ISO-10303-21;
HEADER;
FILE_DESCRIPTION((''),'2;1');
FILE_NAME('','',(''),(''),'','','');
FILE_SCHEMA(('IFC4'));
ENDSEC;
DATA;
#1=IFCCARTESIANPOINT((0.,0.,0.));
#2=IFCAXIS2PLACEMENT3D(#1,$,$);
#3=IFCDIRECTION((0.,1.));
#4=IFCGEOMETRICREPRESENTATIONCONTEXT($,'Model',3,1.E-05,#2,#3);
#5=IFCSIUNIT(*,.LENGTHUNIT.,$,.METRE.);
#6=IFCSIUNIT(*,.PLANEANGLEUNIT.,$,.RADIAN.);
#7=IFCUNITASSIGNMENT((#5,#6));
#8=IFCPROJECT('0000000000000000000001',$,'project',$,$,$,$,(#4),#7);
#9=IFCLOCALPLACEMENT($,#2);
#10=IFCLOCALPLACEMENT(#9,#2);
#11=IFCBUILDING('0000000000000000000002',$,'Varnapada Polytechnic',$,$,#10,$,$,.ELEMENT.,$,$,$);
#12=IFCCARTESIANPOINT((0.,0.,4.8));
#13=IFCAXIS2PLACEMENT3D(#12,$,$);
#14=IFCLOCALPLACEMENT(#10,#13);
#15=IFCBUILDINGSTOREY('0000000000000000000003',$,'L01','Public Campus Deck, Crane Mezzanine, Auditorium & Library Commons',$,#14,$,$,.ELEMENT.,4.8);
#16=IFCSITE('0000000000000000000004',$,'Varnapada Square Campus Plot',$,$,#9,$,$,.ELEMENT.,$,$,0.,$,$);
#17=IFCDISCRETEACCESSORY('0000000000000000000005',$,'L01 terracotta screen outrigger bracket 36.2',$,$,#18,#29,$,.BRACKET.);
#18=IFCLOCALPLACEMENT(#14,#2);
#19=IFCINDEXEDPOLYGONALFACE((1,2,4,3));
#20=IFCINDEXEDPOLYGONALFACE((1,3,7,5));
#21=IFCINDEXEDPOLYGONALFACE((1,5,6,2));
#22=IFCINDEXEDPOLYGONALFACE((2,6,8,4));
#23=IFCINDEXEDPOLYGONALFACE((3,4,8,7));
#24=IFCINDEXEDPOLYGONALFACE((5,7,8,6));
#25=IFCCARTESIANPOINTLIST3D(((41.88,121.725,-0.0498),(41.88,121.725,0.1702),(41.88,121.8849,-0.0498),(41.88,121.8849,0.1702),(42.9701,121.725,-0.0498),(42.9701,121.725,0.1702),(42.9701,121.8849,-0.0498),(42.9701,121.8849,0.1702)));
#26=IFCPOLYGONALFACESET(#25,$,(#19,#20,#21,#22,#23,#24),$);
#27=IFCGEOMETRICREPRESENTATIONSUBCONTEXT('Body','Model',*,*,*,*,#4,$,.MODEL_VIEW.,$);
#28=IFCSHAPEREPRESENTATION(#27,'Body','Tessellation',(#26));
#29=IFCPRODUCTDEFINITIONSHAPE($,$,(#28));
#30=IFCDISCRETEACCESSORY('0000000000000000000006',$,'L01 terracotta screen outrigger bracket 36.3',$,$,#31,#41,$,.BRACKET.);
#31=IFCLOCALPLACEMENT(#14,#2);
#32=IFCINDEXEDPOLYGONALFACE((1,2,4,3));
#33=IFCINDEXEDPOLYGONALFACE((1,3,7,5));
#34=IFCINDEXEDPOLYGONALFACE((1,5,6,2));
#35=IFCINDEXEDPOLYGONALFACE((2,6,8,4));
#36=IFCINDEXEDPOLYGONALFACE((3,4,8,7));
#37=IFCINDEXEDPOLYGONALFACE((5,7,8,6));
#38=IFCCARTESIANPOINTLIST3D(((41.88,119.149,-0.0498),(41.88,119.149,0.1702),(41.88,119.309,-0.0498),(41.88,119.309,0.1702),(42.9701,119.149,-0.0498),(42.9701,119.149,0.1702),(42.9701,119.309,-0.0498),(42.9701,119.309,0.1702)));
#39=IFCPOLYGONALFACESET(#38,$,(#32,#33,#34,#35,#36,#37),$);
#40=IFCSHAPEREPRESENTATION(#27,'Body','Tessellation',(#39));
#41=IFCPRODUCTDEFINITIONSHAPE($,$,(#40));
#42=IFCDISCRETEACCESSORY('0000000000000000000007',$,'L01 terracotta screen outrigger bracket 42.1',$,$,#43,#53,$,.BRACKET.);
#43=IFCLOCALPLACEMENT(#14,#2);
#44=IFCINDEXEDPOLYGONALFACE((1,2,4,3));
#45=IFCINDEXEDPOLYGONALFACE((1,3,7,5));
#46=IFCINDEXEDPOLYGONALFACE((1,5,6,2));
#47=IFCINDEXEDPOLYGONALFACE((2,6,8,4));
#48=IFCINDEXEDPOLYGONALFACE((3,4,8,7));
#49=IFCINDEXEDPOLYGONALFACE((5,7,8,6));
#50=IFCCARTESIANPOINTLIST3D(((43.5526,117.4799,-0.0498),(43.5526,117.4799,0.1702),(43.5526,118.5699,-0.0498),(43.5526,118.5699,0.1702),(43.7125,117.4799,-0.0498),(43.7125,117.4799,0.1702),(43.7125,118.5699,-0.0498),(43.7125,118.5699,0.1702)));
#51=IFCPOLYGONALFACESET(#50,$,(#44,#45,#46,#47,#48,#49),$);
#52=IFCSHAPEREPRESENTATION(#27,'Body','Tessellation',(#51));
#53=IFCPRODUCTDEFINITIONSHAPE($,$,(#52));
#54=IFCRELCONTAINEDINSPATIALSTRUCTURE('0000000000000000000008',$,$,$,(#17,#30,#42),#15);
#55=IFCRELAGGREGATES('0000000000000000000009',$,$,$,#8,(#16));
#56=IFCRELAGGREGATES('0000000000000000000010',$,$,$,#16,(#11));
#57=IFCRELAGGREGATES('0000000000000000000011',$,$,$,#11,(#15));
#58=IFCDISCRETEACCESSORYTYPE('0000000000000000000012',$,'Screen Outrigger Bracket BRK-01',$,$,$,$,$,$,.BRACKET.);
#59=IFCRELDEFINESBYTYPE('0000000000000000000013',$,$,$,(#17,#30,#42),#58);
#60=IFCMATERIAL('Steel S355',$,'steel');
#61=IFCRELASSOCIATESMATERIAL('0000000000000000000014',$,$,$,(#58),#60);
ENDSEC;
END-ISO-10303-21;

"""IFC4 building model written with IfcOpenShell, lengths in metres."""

from ifc_helpers import new_model, si_unit, direction, frame, origin, origin_2d, place, context, subcontext, project, spatial, rectangle, extrude, material, type_object, element, save


model = new_model("IFC4")

# Units and contexts
model_context = context("Model", 3, precision=1e-05, world=origin(), true_north=direction((0.0, 1.0)))
body_context = subcontext(model_context, "Body", "Model", "MODEL_VIEW")
ifc_project = project(units=[si_unit("LENGTHUNIT", "METRE"), si_unit("PLANEANGLEUNIT", "RADIAN")], contexts=[model_context])

# Site, building, storey
site_placement = place(None, origin())
site = spatial("IfcSite", under=ifc_project, at=site_placement, Name="Varnapada Square Campus Plot", CompositionType="ELEMENT", RefElevation=0.0)
building_placement = place(site_placement, origin())
building = spatial("IfcBuilding", under=site, at=building_placement, Name="Varnapada Polytechnic", CompositionType="ELEMENT")
storey_placement = place(building_placement, frame((0.0, 0.0, 4.8)))
storey = spatial("IfcBuildingStorey", under=building, at=storey_placement, Name="L01", Description="Public Campus Deck, Crane Mezzanine, Auditorium & Library Commons", CompositionType="ELEMENT", Elevation=4.8)

# Discrete accessories
ifc_material_1 = material(Name="Steel S355", Category="steel")
discrete_accessory_type = type_object("IfcDiscreteAccessoryType", Name="Screen Outrigger Bracket BRK-01", PredefinedType="BRACKET", material=ifc_material_1)
for number, where, z_axis, x_axis, name in (
    (1, (42.425, 121.8049, -0.0498), (0.0, 0.0, 1.0), (0.0, -1.0, 0.0), "L01 terracotta screen outrigger bracket 36.2"),
    (2, (42.425, 119.229, -0.0498), (0.0, 0.0, 1.0), (0.0, -1.0, 0.0), "L01 terracotta screen outrigger bracket 36.3"),
    (3, (43.6326, 118.0249, -0.0498), (0.0, 0.0, 1.0), (1.0, 0.0, 0.0), "L01 terracotta screen outrigger bracket 42.1"),
):
    element("IfcDiscreteAccessory", number, at=place(storey_placement, frame(where, z_axis=z_axis, x_axis=x_axis)), inside=storey, type_object=discrete_accessory_type, Name=name, PredefinedType="BRACKET", context=body_context, shape_type="SweptSolid", body=[
        extrude(rectangle(XDim=0.1599, YDim=1.0901, at=origin_2d()), origin(), (0.0, 0.0, 1.0), 0.22),
    ])

save(model, "model.ifc")
